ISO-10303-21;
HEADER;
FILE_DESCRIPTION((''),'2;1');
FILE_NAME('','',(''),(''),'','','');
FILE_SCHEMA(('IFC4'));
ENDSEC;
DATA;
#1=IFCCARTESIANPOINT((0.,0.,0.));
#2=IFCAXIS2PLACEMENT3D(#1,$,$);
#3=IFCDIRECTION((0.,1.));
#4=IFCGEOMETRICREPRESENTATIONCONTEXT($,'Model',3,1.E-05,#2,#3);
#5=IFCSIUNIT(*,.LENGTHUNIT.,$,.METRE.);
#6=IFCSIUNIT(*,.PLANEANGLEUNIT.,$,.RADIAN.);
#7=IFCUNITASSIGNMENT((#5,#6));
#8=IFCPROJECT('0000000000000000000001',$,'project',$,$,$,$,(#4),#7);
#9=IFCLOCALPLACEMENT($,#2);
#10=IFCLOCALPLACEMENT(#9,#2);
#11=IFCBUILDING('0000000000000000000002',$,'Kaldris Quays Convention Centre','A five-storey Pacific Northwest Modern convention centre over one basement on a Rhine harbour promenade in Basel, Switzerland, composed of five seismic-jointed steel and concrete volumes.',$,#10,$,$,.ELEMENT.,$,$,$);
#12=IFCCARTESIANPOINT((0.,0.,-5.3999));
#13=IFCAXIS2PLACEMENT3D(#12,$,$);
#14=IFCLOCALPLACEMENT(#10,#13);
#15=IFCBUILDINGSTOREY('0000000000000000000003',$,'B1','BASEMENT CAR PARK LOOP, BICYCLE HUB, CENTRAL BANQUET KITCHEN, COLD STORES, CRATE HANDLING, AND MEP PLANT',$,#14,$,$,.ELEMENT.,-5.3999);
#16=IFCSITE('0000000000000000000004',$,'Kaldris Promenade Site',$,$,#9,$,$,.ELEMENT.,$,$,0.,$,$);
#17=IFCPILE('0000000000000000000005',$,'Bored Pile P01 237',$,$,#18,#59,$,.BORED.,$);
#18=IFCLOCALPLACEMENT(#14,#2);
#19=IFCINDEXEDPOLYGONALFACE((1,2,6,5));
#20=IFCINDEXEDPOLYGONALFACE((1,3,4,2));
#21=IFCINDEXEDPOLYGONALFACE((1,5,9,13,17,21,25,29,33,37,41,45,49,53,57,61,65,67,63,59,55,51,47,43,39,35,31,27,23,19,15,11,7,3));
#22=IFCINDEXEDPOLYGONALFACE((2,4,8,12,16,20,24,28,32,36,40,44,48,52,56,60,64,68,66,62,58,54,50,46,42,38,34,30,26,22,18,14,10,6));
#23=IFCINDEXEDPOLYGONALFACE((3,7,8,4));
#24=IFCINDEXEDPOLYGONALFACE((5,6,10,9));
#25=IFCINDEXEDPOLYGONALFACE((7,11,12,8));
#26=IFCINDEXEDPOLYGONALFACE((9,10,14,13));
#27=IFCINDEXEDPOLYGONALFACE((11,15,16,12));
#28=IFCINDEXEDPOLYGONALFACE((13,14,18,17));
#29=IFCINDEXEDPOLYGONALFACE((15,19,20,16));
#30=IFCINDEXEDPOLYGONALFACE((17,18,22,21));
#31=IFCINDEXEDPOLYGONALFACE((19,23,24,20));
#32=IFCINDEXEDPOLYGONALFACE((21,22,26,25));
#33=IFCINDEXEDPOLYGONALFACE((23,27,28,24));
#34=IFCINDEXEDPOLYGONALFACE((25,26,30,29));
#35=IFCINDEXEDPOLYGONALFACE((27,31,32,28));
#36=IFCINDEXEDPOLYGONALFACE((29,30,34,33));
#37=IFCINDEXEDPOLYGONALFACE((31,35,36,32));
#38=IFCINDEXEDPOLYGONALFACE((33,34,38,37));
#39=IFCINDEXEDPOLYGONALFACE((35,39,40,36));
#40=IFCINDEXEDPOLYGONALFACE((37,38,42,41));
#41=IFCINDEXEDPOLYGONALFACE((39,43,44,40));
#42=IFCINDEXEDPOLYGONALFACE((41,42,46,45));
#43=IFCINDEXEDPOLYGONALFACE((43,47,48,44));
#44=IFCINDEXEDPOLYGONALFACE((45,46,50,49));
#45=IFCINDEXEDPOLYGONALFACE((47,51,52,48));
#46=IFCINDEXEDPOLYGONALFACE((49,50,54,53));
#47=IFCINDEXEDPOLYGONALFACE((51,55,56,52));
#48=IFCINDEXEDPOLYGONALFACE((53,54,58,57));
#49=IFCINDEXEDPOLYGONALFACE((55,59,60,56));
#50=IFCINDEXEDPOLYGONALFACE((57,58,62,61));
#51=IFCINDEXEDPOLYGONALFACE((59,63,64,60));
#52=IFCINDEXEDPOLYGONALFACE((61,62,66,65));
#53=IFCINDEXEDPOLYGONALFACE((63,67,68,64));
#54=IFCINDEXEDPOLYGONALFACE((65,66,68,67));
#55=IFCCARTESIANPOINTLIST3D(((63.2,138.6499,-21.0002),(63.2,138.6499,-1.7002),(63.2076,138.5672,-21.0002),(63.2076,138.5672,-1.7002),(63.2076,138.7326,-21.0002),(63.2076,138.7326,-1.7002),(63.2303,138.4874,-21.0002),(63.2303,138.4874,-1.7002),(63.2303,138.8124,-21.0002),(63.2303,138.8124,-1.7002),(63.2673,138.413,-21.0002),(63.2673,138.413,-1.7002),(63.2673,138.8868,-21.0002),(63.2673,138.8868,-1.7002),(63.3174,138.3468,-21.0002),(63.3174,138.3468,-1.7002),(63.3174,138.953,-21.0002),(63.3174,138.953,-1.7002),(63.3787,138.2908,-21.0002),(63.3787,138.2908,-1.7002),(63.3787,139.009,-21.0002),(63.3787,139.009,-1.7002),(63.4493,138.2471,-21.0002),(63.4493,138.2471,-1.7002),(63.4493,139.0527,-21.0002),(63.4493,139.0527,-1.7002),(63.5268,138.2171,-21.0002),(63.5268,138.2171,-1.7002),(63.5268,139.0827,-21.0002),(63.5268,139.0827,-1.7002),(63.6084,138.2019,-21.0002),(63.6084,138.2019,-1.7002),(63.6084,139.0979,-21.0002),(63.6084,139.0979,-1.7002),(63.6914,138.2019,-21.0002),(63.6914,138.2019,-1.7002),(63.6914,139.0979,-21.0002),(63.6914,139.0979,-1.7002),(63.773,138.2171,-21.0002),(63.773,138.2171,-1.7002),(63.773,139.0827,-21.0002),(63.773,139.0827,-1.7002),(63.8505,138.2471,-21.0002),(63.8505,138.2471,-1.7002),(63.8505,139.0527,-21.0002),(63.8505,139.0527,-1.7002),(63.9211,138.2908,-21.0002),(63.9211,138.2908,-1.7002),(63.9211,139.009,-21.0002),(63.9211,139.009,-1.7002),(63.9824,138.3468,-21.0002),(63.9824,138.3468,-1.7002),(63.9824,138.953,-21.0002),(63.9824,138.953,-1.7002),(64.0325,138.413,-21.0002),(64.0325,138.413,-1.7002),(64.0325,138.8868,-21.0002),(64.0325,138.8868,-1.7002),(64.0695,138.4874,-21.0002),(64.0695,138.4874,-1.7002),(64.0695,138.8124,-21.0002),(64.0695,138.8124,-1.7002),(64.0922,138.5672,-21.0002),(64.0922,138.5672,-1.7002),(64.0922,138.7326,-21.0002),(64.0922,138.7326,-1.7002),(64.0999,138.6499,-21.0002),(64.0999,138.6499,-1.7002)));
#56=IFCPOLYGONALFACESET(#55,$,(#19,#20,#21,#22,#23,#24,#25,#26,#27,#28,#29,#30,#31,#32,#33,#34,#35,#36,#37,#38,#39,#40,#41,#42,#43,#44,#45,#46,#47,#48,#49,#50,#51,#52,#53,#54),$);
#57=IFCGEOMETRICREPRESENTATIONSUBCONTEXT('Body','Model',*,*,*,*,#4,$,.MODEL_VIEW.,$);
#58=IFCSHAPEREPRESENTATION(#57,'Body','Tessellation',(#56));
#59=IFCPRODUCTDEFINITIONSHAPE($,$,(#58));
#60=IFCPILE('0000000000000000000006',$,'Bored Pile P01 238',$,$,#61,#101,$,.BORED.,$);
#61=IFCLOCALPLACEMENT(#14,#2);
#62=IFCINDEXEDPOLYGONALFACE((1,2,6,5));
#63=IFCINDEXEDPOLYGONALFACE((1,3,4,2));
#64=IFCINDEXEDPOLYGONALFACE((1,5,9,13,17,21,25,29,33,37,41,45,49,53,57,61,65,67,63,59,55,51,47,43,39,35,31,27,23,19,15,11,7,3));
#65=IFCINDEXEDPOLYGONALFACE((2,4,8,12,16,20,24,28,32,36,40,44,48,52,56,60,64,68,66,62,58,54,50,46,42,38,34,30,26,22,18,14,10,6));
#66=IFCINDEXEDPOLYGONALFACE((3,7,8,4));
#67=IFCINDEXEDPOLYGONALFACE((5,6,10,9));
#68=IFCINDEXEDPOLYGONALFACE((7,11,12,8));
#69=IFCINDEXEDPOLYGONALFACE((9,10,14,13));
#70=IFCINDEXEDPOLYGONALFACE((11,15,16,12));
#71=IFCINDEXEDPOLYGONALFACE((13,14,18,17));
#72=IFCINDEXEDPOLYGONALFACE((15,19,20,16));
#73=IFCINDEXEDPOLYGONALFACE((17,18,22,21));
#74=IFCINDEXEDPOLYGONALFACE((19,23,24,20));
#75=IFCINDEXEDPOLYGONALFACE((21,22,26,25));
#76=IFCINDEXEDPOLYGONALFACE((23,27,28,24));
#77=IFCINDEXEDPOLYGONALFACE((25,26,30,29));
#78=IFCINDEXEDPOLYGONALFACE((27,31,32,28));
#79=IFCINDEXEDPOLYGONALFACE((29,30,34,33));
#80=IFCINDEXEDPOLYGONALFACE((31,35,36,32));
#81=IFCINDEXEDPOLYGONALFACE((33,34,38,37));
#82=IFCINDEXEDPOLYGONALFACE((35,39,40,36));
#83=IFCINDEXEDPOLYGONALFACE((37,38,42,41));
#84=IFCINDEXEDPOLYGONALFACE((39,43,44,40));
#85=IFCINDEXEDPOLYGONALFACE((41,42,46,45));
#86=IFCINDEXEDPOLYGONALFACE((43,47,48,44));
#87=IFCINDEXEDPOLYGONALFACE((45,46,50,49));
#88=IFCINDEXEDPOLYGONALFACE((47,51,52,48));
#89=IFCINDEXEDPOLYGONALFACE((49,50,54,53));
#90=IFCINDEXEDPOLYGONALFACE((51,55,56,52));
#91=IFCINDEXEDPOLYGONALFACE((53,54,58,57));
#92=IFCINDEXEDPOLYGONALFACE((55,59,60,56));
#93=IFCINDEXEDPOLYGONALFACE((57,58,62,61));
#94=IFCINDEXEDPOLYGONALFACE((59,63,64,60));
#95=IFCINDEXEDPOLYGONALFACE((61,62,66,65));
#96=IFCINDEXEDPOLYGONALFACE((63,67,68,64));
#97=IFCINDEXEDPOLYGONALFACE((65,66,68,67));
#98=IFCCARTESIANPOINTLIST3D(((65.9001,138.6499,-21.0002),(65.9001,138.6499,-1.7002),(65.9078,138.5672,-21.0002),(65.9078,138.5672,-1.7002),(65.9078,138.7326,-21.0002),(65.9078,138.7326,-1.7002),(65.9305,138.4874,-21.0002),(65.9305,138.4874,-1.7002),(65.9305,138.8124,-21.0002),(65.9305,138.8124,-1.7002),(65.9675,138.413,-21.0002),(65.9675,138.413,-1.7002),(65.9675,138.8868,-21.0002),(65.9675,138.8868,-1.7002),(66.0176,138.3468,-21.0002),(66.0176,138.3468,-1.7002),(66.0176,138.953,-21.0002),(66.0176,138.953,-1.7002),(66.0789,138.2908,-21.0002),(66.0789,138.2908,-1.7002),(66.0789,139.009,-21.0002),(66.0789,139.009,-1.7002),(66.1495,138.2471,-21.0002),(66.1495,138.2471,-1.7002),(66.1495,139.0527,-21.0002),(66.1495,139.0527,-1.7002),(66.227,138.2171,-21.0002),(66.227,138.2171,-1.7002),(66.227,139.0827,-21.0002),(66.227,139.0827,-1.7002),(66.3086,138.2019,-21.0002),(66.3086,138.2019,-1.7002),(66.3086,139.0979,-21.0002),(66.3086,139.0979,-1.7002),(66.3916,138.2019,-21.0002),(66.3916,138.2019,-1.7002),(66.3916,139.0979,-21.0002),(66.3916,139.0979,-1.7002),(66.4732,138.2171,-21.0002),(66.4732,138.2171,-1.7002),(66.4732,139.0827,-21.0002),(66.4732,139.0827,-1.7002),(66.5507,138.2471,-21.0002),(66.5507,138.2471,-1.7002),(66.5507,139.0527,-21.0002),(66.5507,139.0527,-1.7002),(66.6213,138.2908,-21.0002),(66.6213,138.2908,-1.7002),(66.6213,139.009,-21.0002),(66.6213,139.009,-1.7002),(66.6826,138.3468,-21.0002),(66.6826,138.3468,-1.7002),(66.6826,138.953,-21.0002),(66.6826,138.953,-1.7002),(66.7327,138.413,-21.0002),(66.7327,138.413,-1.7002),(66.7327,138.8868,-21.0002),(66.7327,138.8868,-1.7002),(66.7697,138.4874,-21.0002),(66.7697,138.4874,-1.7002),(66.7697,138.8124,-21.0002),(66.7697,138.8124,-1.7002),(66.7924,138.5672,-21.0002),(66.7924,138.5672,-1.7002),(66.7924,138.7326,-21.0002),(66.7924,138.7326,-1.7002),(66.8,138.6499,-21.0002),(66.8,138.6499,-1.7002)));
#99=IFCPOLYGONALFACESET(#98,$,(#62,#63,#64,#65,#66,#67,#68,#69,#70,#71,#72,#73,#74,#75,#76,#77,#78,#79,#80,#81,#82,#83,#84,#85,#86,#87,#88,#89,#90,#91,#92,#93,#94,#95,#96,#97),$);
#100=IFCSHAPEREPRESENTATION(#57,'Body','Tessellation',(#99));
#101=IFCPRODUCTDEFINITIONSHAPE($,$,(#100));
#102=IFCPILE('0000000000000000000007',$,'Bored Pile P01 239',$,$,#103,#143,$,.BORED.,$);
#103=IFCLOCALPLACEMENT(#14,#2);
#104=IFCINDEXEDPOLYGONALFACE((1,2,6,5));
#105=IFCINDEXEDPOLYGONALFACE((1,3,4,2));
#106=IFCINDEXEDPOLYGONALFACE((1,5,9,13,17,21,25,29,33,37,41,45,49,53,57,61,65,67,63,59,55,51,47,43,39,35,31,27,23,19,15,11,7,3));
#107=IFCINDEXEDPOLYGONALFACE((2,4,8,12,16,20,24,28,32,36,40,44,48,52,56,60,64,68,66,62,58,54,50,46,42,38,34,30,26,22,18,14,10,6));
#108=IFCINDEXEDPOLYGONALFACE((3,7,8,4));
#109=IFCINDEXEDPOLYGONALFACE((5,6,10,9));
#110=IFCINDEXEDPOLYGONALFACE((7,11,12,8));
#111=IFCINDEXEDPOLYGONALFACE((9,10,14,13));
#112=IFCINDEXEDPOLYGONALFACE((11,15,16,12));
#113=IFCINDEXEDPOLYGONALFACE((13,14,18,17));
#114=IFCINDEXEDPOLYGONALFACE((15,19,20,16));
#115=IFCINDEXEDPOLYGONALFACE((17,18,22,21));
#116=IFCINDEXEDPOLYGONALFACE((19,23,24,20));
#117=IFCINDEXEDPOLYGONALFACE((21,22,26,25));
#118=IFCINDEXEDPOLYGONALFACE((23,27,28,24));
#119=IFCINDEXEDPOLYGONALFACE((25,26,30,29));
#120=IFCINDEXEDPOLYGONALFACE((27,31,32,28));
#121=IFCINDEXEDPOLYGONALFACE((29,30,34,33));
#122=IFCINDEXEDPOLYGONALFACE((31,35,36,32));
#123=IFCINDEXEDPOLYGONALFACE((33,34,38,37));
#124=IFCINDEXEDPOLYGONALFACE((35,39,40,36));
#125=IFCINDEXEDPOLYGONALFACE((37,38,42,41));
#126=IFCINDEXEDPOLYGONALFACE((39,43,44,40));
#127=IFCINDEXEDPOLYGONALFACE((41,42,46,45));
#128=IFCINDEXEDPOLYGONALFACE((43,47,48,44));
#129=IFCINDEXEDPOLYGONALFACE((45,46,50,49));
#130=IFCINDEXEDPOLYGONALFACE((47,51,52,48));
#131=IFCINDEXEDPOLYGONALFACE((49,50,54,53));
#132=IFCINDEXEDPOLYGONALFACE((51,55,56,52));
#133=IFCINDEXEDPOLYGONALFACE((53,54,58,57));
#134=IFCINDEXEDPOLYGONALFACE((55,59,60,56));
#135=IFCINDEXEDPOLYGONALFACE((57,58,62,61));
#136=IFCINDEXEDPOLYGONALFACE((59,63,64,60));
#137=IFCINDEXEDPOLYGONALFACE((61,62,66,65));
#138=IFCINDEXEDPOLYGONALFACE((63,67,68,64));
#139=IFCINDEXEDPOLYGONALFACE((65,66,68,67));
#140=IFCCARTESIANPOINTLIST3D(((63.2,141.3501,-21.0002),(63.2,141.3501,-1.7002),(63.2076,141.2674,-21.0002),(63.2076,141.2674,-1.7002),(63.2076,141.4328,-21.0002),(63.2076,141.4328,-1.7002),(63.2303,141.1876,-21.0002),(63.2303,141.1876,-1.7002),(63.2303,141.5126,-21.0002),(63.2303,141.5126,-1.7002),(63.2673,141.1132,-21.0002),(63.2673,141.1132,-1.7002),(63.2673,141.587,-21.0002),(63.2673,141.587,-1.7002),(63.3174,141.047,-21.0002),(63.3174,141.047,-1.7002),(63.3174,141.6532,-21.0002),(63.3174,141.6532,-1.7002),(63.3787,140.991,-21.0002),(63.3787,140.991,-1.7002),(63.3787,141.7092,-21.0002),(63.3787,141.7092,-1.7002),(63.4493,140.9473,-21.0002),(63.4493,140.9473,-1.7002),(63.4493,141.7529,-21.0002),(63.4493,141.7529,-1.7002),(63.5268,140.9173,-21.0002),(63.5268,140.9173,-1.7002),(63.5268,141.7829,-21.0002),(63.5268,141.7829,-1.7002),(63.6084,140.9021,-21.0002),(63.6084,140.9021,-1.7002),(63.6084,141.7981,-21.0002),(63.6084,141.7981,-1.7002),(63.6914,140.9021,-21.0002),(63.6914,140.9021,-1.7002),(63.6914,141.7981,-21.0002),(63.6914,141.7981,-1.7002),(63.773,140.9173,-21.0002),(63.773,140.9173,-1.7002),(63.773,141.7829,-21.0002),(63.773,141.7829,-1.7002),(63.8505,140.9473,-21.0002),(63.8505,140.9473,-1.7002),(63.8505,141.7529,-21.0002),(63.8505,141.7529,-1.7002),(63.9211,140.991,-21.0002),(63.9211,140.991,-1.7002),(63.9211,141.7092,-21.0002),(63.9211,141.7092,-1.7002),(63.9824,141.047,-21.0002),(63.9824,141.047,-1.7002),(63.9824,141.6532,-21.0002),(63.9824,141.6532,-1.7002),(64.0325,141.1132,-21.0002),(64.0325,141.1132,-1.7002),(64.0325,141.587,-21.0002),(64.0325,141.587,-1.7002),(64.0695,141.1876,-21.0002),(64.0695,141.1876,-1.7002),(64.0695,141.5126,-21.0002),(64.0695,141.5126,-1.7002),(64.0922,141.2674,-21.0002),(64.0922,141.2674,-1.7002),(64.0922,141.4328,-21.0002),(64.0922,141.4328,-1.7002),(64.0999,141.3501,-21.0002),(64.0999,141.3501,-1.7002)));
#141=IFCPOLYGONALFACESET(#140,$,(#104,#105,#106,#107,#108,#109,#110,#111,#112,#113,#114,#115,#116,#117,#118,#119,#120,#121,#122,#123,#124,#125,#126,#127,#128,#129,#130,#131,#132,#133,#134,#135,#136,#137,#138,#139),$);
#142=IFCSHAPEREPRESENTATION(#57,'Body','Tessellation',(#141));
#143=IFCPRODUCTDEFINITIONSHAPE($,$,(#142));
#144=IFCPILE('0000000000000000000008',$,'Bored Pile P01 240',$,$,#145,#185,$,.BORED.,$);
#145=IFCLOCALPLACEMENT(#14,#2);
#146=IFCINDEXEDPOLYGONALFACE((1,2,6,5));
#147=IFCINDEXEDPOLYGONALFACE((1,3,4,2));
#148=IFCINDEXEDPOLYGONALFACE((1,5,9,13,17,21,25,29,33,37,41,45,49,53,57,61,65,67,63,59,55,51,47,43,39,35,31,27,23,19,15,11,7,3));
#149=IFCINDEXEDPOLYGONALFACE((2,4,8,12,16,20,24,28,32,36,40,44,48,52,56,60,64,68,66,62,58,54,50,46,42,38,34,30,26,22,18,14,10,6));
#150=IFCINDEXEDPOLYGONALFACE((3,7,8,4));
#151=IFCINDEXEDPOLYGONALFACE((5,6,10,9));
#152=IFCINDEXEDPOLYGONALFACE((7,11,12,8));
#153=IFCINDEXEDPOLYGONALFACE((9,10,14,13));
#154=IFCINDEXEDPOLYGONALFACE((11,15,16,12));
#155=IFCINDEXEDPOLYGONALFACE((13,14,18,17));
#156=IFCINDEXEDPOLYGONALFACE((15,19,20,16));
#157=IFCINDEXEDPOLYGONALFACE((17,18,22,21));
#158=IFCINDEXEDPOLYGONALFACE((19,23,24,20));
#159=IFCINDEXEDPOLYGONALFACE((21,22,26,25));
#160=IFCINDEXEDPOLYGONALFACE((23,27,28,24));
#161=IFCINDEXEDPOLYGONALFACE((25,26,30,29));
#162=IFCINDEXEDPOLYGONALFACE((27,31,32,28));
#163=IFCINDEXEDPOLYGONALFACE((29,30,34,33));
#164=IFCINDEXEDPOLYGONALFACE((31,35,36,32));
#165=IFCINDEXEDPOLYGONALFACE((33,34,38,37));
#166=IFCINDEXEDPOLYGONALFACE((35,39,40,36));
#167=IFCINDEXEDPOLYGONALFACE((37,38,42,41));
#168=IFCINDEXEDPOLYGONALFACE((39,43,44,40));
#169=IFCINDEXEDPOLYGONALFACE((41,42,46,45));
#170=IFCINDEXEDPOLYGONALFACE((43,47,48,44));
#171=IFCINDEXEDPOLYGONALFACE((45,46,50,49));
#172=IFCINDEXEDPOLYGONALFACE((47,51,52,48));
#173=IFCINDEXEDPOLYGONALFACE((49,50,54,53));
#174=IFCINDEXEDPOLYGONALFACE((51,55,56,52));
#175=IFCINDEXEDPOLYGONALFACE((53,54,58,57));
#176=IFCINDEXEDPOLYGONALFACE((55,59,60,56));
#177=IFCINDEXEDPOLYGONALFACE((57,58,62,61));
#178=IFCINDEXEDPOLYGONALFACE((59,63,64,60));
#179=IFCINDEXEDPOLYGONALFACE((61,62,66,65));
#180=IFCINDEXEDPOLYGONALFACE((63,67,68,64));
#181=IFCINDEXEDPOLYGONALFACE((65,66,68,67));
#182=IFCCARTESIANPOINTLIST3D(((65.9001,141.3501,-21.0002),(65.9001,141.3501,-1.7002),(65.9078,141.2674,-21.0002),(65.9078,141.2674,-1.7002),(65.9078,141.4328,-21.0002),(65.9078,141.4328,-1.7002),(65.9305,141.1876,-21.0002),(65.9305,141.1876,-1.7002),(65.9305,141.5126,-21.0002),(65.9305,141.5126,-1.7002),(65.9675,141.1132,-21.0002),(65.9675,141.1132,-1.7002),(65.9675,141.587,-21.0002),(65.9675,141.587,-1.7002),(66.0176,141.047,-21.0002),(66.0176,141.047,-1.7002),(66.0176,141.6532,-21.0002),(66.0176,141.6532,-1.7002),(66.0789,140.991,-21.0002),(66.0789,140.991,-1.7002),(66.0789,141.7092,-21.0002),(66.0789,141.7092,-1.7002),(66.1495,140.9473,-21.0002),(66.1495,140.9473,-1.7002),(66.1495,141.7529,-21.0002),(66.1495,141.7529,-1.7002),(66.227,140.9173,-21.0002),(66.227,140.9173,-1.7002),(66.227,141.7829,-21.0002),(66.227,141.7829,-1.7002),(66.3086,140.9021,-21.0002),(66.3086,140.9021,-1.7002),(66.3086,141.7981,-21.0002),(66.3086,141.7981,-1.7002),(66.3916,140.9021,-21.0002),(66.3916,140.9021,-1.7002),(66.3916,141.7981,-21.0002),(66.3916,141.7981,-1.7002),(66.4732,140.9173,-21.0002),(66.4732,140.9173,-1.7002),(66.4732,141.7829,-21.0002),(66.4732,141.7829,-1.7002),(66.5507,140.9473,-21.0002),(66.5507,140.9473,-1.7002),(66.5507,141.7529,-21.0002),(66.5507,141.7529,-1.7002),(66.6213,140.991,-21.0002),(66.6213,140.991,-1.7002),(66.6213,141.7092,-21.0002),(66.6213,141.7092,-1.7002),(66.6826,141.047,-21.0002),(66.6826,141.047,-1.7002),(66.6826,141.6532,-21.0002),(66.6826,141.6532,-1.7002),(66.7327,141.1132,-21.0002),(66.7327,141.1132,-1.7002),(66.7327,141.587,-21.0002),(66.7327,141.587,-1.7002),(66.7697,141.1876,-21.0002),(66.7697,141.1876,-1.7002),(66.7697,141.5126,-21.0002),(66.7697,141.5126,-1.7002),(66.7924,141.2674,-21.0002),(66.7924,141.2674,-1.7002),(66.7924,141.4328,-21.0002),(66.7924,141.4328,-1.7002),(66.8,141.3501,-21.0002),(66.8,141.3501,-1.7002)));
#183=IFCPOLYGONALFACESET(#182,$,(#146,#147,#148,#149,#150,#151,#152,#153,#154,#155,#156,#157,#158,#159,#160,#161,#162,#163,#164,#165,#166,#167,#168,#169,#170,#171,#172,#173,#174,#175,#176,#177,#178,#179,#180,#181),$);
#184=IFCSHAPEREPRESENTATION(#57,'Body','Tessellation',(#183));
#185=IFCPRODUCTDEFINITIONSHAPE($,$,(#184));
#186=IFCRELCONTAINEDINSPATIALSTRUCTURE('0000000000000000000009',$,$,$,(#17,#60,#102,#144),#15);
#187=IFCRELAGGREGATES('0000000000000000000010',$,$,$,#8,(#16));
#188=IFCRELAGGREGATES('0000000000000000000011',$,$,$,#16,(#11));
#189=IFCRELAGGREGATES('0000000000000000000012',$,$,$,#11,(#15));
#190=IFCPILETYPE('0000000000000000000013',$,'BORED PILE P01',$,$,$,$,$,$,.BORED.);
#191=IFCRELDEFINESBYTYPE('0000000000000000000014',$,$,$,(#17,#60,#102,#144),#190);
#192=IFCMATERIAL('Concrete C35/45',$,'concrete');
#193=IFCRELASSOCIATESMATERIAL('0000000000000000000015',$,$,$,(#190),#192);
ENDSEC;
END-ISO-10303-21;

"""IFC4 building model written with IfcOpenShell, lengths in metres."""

from ifc_helpers import new_model, si_unit, direction, frame, origin, origin_2d, place, context, subcontext, project, spatial, circle, extrude, material, material_profile, profile_set, type_object, element, save


model = new_model("IFC4")

# Units and contexts
model_context = context("Model", 3, precision=1e-05, world=origin(), true_north=direction((0.0, 1.0)))
body_context = subcontext(model_context, "Body", "Model", "MODEL_VIEW")
ifc_project = project(units=[si_unit("LENGTHUNIT", "METRE"), si_unit("PLANEANGLEUNIT", "RADIAN")], contexts=[model_context])

# Site, building, storey
site_placement = place(None, origin())
site = spatial("IfcSite", under=ifc_project, at=site_placement, Name="Kaldris Promenade Site", CompositionType="ELEMENT", RefElevation=0.0)
building_placement = place(site_placement, origin())
building = spatial("IfcBuilding", under=site, at=building_placement, Name="Kaldris Quays Convention Centre", Description="A five-storey Pacific Northwest Modern convention centre over one basement on a Rhine harbour promenade in Basel, Switzerland, composed of five seismic-jointed steel and concrete volumes.", CompositionType="ELEMENT")
storey_placement = place(building_placement, frame((0.0, 0.0, -5.3999)))
storey = spatial("IfcBuildingStorey", under=building, at=storey_placement, Name="B1", Description="BASEMENT CAR PARK LOOP, BICYCLE HUB, CENTRAL BANQUET KITCHEN, COLD STORES, CRATE HANDLING, AND MEP PLANT", CompositionType="ELEMENT", Elevation=-5.3999)

# Piles
ifc_material_1 = material(Name="Concrete C35/45", Category="concrete")
ifc_material_profile_1 = material_profile(ifc_material_1, circle(Radius=0.45, at=origin_2d()), Name="BORED PILE D900")
ifc_profile_set_1 = profile_set([ifc_material_profile_1], Name="Concrete C35/45")
pile_type = type_object("IfcPileType", Name="BORED PILE P01", PredefinedType="BORED", material=ifc_profile_set_1)
for number, where, z_axis, x_axis, name in (
    (1, (63.6499, 138.6499, -1.7002), (0.0, 0.0, -1.0), (1.0, 0.0, 0.0), "Bored Pile P01 237"),
    (2, (66.3501, 138.6499, -1.7002), (0.0, 0.0, -1.0), (1.0, 0.0, 0.0), "Bored Pile P01 238"),
    (3, (63.6499, 141.3501, -1.7002), (0.0, 0.0, -1.0), (1.0, 0.0, 0.0), "Bored Pile P01 239"),
    (4, (66.3501, 141.3501, -1.7002), (0.0, 0.0, -1.0), (1.0, 0.0, 0.0), "Bored Pile P01 240"),
):
    element("IfcPile", number, at=place(storey_placement, frame(where, z_axis=z_axis, x_axis=x_axis)), inside=storey, type_object=pile_type, Name=name, PredefinedType="BORED", context=body_context, shape_type="SweptSolid", body=[
        extrude(circle(Radius=0.45, at=origin_2d()), origin(), (0.0, 0.0, 1.0), 19.3),
    ])

save(model, "model.ifc")
